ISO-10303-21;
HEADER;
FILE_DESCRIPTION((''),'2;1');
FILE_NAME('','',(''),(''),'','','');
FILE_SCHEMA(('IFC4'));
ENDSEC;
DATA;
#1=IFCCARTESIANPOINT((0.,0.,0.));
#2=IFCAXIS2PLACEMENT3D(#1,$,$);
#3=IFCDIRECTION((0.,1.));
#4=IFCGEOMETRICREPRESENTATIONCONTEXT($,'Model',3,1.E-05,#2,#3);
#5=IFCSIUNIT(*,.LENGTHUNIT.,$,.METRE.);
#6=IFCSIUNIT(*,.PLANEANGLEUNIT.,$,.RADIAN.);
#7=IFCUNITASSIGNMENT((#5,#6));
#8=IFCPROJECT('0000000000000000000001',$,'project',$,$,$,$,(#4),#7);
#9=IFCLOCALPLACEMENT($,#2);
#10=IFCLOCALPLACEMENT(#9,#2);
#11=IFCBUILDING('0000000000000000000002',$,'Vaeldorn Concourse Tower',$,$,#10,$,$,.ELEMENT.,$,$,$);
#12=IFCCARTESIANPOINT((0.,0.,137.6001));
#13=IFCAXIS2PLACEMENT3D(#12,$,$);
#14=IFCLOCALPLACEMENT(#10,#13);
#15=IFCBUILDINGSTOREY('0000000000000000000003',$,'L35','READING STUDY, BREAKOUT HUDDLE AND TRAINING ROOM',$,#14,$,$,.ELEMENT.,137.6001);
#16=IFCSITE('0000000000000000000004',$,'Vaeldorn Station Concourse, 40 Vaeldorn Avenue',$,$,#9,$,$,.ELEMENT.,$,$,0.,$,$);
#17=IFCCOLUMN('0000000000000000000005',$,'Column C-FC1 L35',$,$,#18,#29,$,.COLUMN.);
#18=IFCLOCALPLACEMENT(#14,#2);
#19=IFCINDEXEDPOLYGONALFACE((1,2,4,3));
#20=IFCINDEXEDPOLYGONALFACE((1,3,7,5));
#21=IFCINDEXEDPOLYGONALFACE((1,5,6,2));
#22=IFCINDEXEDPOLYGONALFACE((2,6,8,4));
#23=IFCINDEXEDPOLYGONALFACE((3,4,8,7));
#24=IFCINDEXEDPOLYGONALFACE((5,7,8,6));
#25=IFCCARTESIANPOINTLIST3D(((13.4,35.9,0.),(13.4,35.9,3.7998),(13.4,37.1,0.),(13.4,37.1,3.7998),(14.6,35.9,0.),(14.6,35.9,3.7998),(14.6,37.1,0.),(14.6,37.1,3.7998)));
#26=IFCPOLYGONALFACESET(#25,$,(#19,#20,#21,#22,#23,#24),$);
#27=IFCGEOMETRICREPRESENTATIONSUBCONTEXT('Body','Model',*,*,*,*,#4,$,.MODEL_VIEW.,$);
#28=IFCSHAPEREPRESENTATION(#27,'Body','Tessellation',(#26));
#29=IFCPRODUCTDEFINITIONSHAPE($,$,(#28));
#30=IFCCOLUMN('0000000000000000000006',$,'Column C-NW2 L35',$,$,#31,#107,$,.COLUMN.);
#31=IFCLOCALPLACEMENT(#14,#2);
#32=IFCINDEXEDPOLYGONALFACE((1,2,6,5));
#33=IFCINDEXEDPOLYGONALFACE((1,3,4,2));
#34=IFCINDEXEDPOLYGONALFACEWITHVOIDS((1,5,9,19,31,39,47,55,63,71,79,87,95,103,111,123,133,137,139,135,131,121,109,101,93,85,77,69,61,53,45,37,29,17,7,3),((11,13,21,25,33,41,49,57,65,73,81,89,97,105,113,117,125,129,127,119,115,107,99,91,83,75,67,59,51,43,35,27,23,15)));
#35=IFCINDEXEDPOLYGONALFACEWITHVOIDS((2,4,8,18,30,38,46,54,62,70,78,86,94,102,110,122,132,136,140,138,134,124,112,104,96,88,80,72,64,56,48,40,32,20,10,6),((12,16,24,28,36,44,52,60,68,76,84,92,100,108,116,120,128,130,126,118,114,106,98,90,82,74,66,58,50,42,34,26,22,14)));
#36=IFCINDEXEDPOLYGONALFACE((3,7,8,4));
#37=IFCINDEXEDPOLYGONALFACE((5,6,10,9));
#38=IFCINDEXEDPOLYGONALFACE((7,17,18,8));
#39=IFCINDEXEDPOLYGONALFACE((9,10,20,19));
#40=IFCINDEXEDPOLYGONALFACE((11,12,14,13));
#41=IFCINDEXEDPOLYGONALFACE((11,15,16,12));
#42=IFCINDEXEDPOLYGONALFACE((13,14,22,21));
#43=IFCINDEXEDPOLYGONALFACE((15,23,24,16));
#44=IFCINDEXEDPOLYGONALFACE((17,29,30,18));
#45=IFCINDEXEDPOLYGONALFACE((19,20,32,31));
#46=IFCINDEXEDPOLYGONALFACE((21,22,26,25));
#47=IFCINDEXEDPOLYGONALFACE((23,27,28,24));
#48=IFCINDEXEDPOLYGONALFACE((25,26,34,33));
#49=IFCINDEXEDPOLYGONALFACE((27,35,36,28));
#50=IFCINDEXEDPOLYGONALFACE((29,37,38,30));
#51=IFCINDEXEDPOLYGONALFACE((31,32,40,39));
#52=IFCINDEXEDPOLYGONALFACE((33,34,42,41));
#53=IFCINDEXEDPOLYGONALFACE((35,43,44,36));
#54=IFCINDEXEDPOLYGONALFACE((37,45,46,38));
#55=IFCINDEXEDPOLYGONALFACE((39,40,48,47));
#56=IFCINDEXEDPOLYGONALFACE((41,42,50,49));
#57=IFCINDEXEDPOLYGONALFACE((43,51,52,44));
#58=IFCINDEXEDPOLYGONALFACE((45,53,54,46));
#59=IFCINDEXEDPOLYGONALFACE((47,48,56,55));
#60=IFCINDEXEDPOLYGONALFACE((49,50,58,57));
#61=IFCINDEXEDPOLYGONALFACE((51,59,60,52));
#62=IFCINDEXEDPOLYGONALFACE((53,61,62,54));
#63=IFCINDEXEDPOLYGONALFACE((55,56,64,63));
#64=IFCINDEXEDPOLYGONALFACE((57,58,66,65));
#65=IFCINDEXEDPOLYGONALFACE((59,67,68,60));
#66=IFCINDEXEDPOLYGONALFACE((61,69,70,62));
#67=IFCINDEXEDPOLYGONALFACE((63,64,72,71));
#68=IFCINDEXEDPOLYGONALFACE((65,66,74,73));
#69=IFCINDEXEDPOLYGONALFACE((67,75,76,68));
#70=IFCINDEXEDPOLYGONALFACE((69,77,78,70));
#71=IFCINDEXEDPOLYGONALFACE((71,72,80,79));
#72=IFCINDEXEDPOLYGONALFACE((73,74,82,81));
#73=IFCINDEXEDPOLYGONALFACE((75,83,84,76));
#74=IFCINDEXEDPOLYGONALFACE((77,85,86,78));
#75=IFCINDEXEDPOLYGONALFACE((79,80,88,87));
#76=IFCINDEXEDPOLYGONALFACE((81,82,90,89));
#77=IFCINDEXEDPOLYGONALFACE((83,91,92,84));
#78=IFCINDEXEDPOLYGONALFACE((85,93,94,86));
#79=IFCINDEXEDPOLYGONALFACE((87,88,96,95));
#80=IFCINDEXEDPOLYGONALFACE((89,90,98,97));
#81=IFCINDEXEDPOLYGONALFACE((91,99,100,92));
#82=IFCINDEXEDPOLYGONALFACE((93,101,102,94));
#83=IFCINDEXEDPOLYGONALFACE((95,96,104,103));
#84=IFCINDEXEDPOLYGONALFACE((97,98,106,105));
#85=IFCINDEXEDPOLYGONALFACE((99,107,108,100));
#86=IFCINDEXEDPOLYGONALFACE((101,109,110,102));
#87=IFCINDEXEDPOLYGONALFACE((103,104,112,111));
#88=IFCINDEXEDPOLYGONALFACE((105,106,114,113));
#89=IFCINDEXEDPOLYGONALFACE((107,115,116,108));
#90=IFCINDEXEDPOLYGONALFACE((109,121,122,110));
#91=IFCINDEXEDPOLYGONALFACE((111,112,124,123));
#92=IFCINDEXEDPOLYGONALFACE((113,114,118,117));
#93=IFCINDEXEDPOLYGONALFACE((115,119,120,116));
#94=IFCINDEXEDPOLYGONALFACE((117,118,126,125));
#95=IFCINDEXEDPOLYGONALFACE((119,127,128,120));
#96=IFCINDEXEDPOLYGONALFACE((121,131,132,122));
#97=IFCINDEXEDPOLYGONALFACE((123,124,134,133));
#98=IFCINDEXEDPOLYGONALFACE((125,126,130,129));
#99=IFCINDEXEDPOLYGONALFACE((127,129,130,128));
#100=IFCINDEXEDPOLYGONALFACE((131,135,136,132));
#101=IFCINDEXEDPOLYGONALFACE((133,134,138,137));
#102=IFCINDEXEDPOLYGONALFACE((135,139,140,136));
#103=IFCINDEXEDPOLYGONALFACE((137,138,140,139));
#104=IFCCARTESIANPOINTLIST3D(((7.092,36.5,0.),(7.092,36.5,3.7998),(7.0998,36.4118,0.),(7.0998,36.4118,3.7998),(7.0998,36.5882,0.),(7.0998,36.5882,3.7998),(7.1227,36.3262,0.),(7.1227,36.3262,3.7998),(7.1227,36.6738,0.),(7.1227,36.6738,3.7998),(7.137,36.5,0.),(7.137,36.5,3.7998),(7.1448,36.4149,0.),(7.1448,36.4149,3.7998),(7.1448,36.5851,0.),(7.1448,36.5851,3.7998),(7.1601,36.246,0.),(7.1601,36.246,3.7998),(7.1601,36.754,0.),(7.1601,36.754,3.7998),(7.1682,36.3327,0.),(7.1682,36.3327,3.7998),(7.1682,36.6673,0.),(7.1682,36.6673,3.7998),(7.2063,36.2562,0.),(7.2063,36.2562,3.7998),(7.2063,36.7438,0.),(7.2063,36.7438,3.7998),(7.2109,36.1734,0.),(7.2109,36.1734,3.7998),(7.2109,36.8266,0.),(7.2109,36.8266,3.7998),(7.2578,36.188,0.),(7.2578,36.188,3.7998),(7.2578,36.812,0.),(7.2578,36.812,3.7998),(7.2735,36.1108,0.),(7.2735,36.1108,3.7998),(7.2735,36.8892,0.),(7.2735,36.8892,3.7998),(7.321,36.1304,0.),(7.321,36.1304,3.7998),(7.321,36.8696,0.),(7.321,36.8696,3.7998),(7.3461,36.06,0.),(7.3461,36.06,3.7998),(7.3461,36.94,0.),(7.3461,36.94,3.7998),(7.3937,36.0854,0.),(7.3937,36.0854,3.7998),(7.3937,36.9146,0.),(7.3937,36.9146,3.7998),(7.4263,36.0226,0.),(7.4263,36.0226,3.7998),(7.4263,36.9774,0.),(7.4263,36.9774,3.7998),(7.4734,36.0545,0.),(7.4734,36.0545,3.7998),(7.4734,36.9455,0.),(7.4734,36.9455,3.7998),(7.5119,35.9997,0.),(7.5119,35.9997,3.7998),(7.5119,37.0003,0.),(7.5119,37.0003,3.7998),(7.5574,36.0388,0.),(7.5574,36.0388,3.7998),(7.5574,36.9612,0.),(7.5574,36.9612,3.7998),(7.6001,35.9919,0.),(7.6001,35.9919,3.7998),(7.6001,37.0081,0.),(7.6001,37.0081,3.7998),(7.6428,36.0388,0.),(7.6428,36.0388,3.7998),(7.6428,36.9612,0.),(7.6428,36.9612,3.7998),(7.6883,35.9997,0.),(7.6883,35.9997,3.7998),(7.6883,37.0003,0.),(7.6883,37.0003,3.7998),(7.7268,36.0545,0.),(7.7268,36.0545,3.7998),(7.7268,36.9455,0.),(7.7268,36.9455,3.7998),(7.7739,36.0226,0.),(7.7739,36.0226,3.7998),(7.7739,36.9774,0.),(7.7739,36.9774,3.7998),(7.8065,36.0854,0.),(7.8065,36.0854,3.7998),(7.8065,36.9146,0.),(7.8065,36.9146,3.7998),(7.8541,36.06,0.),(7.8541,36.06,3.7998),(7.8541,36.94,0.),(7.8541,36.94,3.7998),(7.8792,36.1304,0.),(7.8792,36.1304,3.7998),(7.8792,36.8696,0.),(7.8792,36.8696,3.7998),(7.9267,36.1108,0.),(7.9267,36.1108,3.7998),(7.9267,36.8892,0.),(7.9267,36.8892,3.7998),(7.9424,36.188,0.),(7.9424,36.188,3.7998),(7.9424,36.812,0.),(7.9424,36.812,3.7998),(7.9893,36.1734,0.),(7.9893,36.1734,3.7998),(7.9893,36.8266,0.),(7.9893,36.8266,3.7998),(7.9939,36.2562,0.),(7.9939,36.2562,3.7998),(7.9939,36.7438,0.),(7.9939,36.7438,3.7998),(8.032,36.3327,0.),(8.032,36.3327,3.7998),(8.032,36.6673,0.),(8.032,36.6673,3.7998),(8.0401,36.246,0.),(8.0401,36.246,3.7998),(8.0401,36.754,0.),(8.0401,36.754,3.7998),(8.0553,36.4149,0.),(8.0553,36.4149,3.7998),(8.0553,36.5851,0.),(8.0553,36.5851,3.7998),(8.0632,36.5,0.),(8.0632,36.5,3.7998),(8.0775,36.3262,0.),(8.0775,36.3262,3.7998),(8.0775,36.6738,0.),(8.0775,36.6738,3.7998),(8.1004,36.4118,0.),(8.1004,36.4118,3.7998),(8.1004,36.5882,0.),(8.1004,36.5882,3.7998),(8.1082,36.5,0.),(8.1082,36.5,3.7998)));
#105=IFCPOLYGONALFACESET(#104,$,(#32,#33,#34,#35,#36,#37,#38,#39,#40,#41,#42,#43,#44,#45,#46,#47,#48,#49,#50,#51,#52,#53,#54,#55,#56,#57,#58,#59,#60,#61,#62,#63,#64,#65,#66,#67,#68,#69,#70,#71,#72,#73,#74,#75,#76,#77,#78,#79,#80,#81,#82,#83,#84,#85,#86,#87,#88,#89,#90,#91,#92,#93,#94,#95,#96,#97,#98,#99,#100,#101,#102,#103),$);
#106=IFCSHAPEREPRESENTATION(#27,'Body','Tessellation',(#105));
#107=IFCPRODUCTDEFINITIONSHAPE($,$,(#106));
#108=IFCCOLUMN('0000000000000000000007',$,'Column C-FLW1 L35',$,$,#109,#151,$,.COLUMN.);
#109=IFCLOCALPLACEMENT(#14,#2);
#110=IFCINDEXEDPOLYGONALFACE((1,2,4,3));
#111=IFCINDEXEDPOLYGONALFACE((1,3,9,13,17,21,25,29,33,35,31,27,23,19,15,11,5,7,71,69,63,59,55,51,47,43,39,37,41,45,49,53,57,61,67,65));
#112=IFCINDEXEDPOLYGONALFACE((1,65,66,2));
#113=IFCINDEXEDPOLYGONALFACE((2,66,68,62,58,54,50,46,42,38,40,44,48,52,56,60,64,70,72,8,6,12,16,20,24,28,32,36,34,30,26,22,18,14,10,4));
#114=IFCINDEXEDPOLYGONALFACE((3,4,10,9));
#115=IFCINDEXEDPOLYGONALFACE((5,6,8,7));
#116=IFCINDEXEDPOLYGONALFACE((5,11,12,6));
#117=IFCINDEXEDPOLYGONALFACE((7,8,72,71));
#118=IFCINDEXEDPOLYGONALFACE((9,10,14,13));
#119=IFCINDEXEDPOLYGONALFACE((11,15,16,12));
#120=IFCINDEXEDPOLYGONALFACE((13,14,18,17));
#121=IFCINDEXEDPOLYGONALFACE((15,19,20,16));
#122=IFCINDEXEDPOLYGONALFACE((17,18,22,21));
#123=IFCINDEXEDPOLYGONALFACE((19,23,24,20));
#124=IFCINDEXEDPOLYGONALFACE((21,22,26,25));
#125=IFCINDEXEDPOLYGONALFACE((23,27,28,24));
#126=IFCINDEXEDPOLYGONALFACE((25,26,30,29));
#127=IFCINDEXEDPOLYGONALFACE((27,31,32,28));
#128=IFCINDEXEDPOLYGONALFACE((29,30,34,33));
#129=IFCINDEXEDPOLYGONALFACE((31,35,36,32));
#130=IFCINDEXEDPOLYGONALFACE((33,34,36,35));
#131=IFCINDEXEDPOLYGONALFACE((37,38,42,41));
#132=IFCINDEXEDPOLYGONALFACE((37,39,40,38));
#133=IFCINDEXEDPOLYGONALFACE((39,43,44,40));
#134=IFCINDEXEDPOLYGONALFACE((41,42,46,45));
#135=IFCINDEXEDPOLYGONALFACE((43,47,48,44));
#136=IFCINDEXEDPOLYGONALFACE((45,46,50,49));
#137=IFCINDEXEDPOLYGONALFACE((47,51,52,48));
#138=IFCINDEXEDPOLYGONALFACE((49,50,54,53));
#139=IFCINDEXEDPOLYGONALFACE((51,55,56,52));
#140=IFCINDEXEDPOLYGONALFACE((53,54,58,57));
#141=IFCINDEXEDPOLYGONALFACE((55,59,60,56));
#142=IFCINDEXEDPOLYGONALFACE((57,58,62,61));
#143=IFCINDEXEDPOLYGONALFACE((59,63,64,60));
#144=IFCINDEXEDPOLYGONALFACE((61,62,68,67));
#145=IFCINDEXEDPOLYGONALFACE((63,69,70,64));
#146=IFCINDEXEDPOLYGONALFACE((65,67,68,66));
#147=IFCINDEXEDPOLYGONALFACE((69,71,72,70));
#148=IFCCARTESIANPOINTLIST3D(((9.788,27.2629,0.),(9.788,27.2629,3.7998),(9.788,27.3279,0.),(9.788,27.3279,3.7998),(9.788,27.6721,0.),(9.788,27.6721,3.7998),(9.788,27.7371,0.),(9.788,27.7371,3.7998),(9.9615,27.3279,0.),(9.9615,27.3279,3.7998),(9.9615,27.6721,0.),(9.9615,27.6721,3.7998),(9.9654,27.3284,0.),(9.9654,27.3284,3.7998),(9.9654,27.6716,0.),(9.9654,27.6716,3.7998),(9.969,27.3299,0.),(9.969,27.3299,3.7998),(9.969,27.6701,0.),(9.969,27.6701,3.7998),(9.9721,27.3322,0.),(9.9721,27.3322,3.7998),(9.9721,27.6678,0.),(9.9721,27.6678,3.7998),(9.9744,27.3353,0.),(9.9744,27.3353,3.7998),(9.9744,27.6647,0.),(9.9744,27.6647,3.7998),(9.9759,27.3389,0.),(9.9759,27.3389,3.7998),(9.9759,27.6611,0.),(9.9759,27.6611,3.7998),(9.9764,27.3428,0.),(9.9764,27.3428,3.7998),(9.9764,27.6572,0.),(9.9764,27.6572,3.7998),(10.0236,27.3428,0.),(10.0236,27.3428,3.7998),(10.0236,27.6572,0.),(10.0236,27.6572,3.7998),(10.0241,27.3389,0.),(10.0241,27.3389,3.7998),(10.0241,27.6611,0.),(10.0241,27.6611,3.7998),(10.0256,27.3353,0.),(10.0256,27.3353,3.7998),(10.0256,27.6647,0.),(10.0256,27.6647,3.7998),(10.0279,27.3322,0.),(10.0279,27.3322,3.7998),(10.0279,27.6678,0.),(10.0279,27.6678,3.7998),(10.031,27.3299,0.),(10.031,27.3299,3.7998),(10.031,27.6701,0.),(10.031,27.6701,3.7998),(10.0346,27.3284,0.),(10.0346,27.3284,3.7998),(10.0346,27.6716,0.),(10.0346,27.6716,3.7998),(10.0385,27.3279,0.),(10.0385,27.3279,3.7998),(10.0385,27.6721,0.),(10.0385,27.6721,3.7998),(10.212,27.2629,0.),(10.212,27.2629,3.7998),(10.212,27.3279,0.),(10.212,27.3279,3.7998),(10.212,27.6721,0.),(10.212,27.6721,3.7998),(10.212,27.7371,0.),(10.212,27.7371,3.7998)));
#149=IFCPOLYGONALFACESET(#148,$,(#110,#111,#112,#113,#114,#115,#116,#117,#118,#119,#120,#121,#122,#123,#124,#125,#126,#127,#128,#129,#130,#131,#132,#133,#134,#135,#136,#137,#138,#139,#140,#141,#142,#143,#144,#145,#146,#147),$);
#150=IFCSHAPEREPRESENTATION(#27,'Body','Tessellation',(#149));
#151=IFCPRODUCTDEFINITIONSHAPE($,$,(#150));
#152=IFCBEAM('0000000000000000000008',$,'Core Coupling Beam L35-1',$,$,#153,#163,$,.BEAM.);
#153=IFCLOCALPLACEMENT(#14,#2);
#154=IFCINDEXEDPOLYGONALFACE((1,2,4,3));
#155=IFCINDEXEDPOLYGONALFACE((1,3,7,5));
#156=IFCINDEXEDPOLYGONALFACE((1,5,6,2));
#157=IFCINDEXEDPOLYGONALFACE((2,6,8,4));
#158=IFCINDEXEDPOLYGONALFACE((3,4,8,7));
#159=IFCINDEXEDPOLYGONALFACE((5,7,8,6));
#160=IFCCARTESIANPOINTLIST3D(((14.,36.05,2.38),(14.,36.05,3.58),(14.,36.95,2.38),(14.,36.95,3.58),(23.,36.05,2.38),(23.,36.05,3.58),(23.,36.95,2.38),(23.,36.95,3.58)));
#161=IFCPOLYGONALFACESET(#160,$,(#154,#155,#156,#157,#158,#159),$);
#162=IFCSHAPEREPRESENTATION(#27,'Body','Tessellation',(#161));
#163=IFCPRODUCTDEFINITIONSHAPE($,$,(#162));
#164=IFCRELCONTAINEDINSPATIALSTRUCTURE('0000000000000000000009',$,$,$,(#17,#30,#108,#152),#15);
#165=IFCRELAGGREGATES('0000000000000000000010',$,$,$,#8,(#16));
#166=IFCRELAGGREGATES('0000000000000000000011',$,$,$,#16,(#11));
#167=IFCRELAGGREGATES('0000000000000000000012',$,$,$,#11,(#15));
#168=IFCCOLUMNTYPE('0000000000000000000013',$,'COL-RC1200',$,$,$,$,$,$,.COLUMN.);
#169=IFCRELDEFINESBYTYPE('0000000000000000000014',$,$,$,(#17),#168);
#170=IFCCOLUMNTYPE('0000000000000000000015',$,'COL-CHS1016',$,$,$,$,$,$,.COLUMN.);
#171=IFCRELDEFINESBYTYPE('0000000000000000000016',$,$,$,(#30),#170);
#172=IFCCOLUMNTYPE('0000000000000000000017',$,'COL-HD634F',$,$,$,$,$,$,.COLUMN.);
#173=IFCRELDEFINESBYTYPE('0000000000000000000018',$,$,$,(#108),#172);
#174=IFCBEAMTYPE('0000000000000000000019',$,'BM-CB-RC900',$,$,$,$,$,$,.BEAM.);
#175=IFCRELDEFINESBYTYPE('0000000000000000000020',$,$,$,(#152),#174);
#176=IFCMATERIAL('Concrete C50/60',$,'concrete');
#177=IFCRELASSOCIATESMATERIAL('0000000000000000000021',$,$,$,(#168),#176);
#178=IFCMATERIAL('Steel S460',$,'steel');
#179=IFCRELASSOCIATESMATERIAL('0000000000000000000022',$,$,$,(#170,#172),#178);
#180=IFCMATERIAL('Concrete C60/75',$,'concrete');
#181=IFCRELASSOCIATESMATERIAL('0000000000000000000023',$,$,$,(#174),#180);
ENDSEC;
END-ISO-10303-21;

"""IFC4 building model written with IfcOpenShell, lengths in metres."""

from ifc_helpers import new_model, si_unit, direction, frame, origin, origin_2d, place, context, subcontext, project, spatial, rectangle, hollow_circle, i_section, extrude, source, transform, mapped, material, material_profile, profile_set, type_object, element, save


model = new_model("IFC4")

# Units and contexts
model_context = context("Model", 3, precision=1e-05, world=origin(), true_north=direction((0.0, 1.0)))
body_context = subcontext(model_context, "Body", "Model", "MODEL_VIEW")
ifc_project = project(units=[si_unit("LENGTHUNIT", "METRE"), si_unit("PLANEANGLEUNIT", "RADIAN")], contexts=[model_context])

# Site, building, storey
site_placement = place(None, origin())
site = spatial("IfcSite", under=ifc_project, at=site_placement, Name="Vaeldorn Station Concourse, 40 Vaeldorn Avenue", CompositionType="ELEMENT", RefElevation=0.0)
building_placement = place(site_placement, origin())
building = spatial("IfcBuilding", under=site, at=building_placement, Name="Vaeldorn Concourse Tower", CompositionType="ELEMENT")
storey_placement = place(building_placement, frame((0.0, 0.0, 137.6001)))
storey = spatial("IfcBuildingStorey", under=building, at=storey_placement, Name="L35", Description="READING STUDY, BREAKOUT HUDDLE AND TRAINING ROOM", CompositionType="ELEMENT", Elevation=137.6001)

# Columns
ifc_material_1 = material(Name="Concrete C50/60", Category="concrete")
ifc_material_profile_1 = material_profile(ifc_material_1, rectangle(XDim=1.2, YDim=1.2, at=origin_2d()), Name="RC 1200x1200")
ifc_profile_set_1 = profile_set([ifc_material_profile_1], Name="Concrete C50/60")
column_type_1 = type_object("IfcColumnType", Name="COL-RC1200", PredefinedType="COLUMN", material=ifc_profile_set_1)
shared_shape_1 = source(origin(), body_context, "Body", "SweptSolid", [
    extrude(rectangle(XDim=1.2, YDim=1.2, at=origin_2d()), origin(), (0.0, 0.0, 1.0), 3.7998),
])
column_1_placement = place(storey_placement, frame((14.0, 36.5, 0.0), z_axis=(0.0, 0.0, 1.0), x_axis=(1.0, 0.0, 0.0)))
element("IfcColumn", 1, at=column_1_placement, inside=storey, type_object=column_type_1, Name="Column C-FC1 L35", PredefinedType="COLUMN", context=body_context, shape_type="MappedRepresentation", body=[
    mapped(shared_shape_1, transform((0.0, 0.0, 0.0), scale=1.0)),
])
ifc_material_2 = material(Name="Steel S460", Category="steel")
ifc_material_profile_2 = material_profile(ifc_material_2, hollow_circle(Radius=0.5081, WallThickness=0.0449, at=origin_2d()), Name="CHS 1016x45")
ifc_profile_set_2 = profile_set([ifc_material_profile_2], Name="Steel S460")
column_type_2 = type_object("IfcColumnType", Name="COL-CHS1016", PredefinedType="COLUMN", material=ifc_profile_set_2)
shared_shape_2 = source(origin(), body_context, "Body", "SweptSolid", [
    extrude(hollow_circle(Radius=0.5081, WallThickness=0.0449, at=origin_2d()), origin(), (0.0, 0.0, 1.0), 3.7998),
])
column_2_placement = place(storey_placement, frame((7.6001, 36.5, 0.0), z_axis=(0.0, 0.0, 1.0), x_axis=(1.0, 0.0, 0.0)))
element("IfcColumn", 2, at=column_2_placement, inside=storey, type_object=column_type_2, Name="Column C-NW2 L35", PredefinedType="COLUMN", context=body_context, shape_type="MappedRepresentation", body=[
    mapped(shared_shape_2, transform((0.0, 0.0, 0.0), scale=1.0)),
])
ifc_material_profile_3 = material_profile(ifc_material_2, i_section(OverallWidth=0.4241, OverallDepth=0.4741, WebThickness=0.0471, FlangeThickness=0.0649, FilletRadius=0.0149, at=origin_2d()), Name="HD 400x634")
ifc_profile_set_3 = profile_set([ifc_material_profile_3], Name="Steel S460")
column_type_3 = type_object("IfcColumnType", Name="COL-HD634F", PredefinedType="COLUMN", material=ifc_profile_set_3)
shared_shape_3 = source(origin(), body_context, "Body", "SweptSolid", [
    extrude(i_section(OverallWidth=0.4241, OverallDepth=0.4741, WebThickness=0.0471, FlangeThickness=0.0649, FilletRadius=0.0149, at=origin_2d()), origin(), (0.0, 0.0, 1.0), 3.7998),
])
column_3_placement = place(storey_placement, frame((10.0, 27.5, 0.0), z_axis=(0.0, 0.0, 1.0), x_axis=(1.0, 0.0, 0.0)))
element("IfcColumn", 3, at=column_3_placement, inside=storey, type_object=column_type_3, Name="Column C-FLW1 L35", PredefinedType="COLUMN", context=body_context, shape_type="MappedRepresentation", body=[
    mapped(shared_shape_3, transform((0.0, 0.0, 0.0), scale=1.0)),
])

# Beam
ifc_material_3 = material(Name="Concrete C60/75", Category="concrete")
ifc_material_profile_4 = material_profile(ifc_material_3, rectangle(XDim=0.8999, YDim=1.2, at=origin_2d()), Name="RC 900x1200")
ifc_profile_set_4 = profile_set([ifc_material_profile_4], Name="Concrete C60/75")
beam_type_1 = type_object("IfcBeamType", Name="BM-CB-RC900", PredefinedType="BEAM", material=ifc_profile_set_4)
shared_shape_4 = source(origin(), body_context, "Body", "SweptSolid", [
    extrude(rectangle(XDim=0.8999, YDim=1.2, at=origin_2d()), origin(), (0.0, 0.0, 1.0), 9.0),
])
beam_1_placement = place(storey_placement, frame((14.0, 36.5, 2.98), z_axis=(1.0, 0.0, 0.0), x_axis=(0.0, 1.0, 0.0)))
element("IfcBeam", 4, at=beam_1_placement, inside=storey, type_object=beam_type_1, Name="Core Coupling Beam L35-1", PredefinedType="BEAM", context=body_context, shape_type="MappedRepresentation", body=[
    mapped(shared_shape_4, transform((0.0, 0.0, 0.0), scale=1.0)),
])

save(model, "model.ifc")
